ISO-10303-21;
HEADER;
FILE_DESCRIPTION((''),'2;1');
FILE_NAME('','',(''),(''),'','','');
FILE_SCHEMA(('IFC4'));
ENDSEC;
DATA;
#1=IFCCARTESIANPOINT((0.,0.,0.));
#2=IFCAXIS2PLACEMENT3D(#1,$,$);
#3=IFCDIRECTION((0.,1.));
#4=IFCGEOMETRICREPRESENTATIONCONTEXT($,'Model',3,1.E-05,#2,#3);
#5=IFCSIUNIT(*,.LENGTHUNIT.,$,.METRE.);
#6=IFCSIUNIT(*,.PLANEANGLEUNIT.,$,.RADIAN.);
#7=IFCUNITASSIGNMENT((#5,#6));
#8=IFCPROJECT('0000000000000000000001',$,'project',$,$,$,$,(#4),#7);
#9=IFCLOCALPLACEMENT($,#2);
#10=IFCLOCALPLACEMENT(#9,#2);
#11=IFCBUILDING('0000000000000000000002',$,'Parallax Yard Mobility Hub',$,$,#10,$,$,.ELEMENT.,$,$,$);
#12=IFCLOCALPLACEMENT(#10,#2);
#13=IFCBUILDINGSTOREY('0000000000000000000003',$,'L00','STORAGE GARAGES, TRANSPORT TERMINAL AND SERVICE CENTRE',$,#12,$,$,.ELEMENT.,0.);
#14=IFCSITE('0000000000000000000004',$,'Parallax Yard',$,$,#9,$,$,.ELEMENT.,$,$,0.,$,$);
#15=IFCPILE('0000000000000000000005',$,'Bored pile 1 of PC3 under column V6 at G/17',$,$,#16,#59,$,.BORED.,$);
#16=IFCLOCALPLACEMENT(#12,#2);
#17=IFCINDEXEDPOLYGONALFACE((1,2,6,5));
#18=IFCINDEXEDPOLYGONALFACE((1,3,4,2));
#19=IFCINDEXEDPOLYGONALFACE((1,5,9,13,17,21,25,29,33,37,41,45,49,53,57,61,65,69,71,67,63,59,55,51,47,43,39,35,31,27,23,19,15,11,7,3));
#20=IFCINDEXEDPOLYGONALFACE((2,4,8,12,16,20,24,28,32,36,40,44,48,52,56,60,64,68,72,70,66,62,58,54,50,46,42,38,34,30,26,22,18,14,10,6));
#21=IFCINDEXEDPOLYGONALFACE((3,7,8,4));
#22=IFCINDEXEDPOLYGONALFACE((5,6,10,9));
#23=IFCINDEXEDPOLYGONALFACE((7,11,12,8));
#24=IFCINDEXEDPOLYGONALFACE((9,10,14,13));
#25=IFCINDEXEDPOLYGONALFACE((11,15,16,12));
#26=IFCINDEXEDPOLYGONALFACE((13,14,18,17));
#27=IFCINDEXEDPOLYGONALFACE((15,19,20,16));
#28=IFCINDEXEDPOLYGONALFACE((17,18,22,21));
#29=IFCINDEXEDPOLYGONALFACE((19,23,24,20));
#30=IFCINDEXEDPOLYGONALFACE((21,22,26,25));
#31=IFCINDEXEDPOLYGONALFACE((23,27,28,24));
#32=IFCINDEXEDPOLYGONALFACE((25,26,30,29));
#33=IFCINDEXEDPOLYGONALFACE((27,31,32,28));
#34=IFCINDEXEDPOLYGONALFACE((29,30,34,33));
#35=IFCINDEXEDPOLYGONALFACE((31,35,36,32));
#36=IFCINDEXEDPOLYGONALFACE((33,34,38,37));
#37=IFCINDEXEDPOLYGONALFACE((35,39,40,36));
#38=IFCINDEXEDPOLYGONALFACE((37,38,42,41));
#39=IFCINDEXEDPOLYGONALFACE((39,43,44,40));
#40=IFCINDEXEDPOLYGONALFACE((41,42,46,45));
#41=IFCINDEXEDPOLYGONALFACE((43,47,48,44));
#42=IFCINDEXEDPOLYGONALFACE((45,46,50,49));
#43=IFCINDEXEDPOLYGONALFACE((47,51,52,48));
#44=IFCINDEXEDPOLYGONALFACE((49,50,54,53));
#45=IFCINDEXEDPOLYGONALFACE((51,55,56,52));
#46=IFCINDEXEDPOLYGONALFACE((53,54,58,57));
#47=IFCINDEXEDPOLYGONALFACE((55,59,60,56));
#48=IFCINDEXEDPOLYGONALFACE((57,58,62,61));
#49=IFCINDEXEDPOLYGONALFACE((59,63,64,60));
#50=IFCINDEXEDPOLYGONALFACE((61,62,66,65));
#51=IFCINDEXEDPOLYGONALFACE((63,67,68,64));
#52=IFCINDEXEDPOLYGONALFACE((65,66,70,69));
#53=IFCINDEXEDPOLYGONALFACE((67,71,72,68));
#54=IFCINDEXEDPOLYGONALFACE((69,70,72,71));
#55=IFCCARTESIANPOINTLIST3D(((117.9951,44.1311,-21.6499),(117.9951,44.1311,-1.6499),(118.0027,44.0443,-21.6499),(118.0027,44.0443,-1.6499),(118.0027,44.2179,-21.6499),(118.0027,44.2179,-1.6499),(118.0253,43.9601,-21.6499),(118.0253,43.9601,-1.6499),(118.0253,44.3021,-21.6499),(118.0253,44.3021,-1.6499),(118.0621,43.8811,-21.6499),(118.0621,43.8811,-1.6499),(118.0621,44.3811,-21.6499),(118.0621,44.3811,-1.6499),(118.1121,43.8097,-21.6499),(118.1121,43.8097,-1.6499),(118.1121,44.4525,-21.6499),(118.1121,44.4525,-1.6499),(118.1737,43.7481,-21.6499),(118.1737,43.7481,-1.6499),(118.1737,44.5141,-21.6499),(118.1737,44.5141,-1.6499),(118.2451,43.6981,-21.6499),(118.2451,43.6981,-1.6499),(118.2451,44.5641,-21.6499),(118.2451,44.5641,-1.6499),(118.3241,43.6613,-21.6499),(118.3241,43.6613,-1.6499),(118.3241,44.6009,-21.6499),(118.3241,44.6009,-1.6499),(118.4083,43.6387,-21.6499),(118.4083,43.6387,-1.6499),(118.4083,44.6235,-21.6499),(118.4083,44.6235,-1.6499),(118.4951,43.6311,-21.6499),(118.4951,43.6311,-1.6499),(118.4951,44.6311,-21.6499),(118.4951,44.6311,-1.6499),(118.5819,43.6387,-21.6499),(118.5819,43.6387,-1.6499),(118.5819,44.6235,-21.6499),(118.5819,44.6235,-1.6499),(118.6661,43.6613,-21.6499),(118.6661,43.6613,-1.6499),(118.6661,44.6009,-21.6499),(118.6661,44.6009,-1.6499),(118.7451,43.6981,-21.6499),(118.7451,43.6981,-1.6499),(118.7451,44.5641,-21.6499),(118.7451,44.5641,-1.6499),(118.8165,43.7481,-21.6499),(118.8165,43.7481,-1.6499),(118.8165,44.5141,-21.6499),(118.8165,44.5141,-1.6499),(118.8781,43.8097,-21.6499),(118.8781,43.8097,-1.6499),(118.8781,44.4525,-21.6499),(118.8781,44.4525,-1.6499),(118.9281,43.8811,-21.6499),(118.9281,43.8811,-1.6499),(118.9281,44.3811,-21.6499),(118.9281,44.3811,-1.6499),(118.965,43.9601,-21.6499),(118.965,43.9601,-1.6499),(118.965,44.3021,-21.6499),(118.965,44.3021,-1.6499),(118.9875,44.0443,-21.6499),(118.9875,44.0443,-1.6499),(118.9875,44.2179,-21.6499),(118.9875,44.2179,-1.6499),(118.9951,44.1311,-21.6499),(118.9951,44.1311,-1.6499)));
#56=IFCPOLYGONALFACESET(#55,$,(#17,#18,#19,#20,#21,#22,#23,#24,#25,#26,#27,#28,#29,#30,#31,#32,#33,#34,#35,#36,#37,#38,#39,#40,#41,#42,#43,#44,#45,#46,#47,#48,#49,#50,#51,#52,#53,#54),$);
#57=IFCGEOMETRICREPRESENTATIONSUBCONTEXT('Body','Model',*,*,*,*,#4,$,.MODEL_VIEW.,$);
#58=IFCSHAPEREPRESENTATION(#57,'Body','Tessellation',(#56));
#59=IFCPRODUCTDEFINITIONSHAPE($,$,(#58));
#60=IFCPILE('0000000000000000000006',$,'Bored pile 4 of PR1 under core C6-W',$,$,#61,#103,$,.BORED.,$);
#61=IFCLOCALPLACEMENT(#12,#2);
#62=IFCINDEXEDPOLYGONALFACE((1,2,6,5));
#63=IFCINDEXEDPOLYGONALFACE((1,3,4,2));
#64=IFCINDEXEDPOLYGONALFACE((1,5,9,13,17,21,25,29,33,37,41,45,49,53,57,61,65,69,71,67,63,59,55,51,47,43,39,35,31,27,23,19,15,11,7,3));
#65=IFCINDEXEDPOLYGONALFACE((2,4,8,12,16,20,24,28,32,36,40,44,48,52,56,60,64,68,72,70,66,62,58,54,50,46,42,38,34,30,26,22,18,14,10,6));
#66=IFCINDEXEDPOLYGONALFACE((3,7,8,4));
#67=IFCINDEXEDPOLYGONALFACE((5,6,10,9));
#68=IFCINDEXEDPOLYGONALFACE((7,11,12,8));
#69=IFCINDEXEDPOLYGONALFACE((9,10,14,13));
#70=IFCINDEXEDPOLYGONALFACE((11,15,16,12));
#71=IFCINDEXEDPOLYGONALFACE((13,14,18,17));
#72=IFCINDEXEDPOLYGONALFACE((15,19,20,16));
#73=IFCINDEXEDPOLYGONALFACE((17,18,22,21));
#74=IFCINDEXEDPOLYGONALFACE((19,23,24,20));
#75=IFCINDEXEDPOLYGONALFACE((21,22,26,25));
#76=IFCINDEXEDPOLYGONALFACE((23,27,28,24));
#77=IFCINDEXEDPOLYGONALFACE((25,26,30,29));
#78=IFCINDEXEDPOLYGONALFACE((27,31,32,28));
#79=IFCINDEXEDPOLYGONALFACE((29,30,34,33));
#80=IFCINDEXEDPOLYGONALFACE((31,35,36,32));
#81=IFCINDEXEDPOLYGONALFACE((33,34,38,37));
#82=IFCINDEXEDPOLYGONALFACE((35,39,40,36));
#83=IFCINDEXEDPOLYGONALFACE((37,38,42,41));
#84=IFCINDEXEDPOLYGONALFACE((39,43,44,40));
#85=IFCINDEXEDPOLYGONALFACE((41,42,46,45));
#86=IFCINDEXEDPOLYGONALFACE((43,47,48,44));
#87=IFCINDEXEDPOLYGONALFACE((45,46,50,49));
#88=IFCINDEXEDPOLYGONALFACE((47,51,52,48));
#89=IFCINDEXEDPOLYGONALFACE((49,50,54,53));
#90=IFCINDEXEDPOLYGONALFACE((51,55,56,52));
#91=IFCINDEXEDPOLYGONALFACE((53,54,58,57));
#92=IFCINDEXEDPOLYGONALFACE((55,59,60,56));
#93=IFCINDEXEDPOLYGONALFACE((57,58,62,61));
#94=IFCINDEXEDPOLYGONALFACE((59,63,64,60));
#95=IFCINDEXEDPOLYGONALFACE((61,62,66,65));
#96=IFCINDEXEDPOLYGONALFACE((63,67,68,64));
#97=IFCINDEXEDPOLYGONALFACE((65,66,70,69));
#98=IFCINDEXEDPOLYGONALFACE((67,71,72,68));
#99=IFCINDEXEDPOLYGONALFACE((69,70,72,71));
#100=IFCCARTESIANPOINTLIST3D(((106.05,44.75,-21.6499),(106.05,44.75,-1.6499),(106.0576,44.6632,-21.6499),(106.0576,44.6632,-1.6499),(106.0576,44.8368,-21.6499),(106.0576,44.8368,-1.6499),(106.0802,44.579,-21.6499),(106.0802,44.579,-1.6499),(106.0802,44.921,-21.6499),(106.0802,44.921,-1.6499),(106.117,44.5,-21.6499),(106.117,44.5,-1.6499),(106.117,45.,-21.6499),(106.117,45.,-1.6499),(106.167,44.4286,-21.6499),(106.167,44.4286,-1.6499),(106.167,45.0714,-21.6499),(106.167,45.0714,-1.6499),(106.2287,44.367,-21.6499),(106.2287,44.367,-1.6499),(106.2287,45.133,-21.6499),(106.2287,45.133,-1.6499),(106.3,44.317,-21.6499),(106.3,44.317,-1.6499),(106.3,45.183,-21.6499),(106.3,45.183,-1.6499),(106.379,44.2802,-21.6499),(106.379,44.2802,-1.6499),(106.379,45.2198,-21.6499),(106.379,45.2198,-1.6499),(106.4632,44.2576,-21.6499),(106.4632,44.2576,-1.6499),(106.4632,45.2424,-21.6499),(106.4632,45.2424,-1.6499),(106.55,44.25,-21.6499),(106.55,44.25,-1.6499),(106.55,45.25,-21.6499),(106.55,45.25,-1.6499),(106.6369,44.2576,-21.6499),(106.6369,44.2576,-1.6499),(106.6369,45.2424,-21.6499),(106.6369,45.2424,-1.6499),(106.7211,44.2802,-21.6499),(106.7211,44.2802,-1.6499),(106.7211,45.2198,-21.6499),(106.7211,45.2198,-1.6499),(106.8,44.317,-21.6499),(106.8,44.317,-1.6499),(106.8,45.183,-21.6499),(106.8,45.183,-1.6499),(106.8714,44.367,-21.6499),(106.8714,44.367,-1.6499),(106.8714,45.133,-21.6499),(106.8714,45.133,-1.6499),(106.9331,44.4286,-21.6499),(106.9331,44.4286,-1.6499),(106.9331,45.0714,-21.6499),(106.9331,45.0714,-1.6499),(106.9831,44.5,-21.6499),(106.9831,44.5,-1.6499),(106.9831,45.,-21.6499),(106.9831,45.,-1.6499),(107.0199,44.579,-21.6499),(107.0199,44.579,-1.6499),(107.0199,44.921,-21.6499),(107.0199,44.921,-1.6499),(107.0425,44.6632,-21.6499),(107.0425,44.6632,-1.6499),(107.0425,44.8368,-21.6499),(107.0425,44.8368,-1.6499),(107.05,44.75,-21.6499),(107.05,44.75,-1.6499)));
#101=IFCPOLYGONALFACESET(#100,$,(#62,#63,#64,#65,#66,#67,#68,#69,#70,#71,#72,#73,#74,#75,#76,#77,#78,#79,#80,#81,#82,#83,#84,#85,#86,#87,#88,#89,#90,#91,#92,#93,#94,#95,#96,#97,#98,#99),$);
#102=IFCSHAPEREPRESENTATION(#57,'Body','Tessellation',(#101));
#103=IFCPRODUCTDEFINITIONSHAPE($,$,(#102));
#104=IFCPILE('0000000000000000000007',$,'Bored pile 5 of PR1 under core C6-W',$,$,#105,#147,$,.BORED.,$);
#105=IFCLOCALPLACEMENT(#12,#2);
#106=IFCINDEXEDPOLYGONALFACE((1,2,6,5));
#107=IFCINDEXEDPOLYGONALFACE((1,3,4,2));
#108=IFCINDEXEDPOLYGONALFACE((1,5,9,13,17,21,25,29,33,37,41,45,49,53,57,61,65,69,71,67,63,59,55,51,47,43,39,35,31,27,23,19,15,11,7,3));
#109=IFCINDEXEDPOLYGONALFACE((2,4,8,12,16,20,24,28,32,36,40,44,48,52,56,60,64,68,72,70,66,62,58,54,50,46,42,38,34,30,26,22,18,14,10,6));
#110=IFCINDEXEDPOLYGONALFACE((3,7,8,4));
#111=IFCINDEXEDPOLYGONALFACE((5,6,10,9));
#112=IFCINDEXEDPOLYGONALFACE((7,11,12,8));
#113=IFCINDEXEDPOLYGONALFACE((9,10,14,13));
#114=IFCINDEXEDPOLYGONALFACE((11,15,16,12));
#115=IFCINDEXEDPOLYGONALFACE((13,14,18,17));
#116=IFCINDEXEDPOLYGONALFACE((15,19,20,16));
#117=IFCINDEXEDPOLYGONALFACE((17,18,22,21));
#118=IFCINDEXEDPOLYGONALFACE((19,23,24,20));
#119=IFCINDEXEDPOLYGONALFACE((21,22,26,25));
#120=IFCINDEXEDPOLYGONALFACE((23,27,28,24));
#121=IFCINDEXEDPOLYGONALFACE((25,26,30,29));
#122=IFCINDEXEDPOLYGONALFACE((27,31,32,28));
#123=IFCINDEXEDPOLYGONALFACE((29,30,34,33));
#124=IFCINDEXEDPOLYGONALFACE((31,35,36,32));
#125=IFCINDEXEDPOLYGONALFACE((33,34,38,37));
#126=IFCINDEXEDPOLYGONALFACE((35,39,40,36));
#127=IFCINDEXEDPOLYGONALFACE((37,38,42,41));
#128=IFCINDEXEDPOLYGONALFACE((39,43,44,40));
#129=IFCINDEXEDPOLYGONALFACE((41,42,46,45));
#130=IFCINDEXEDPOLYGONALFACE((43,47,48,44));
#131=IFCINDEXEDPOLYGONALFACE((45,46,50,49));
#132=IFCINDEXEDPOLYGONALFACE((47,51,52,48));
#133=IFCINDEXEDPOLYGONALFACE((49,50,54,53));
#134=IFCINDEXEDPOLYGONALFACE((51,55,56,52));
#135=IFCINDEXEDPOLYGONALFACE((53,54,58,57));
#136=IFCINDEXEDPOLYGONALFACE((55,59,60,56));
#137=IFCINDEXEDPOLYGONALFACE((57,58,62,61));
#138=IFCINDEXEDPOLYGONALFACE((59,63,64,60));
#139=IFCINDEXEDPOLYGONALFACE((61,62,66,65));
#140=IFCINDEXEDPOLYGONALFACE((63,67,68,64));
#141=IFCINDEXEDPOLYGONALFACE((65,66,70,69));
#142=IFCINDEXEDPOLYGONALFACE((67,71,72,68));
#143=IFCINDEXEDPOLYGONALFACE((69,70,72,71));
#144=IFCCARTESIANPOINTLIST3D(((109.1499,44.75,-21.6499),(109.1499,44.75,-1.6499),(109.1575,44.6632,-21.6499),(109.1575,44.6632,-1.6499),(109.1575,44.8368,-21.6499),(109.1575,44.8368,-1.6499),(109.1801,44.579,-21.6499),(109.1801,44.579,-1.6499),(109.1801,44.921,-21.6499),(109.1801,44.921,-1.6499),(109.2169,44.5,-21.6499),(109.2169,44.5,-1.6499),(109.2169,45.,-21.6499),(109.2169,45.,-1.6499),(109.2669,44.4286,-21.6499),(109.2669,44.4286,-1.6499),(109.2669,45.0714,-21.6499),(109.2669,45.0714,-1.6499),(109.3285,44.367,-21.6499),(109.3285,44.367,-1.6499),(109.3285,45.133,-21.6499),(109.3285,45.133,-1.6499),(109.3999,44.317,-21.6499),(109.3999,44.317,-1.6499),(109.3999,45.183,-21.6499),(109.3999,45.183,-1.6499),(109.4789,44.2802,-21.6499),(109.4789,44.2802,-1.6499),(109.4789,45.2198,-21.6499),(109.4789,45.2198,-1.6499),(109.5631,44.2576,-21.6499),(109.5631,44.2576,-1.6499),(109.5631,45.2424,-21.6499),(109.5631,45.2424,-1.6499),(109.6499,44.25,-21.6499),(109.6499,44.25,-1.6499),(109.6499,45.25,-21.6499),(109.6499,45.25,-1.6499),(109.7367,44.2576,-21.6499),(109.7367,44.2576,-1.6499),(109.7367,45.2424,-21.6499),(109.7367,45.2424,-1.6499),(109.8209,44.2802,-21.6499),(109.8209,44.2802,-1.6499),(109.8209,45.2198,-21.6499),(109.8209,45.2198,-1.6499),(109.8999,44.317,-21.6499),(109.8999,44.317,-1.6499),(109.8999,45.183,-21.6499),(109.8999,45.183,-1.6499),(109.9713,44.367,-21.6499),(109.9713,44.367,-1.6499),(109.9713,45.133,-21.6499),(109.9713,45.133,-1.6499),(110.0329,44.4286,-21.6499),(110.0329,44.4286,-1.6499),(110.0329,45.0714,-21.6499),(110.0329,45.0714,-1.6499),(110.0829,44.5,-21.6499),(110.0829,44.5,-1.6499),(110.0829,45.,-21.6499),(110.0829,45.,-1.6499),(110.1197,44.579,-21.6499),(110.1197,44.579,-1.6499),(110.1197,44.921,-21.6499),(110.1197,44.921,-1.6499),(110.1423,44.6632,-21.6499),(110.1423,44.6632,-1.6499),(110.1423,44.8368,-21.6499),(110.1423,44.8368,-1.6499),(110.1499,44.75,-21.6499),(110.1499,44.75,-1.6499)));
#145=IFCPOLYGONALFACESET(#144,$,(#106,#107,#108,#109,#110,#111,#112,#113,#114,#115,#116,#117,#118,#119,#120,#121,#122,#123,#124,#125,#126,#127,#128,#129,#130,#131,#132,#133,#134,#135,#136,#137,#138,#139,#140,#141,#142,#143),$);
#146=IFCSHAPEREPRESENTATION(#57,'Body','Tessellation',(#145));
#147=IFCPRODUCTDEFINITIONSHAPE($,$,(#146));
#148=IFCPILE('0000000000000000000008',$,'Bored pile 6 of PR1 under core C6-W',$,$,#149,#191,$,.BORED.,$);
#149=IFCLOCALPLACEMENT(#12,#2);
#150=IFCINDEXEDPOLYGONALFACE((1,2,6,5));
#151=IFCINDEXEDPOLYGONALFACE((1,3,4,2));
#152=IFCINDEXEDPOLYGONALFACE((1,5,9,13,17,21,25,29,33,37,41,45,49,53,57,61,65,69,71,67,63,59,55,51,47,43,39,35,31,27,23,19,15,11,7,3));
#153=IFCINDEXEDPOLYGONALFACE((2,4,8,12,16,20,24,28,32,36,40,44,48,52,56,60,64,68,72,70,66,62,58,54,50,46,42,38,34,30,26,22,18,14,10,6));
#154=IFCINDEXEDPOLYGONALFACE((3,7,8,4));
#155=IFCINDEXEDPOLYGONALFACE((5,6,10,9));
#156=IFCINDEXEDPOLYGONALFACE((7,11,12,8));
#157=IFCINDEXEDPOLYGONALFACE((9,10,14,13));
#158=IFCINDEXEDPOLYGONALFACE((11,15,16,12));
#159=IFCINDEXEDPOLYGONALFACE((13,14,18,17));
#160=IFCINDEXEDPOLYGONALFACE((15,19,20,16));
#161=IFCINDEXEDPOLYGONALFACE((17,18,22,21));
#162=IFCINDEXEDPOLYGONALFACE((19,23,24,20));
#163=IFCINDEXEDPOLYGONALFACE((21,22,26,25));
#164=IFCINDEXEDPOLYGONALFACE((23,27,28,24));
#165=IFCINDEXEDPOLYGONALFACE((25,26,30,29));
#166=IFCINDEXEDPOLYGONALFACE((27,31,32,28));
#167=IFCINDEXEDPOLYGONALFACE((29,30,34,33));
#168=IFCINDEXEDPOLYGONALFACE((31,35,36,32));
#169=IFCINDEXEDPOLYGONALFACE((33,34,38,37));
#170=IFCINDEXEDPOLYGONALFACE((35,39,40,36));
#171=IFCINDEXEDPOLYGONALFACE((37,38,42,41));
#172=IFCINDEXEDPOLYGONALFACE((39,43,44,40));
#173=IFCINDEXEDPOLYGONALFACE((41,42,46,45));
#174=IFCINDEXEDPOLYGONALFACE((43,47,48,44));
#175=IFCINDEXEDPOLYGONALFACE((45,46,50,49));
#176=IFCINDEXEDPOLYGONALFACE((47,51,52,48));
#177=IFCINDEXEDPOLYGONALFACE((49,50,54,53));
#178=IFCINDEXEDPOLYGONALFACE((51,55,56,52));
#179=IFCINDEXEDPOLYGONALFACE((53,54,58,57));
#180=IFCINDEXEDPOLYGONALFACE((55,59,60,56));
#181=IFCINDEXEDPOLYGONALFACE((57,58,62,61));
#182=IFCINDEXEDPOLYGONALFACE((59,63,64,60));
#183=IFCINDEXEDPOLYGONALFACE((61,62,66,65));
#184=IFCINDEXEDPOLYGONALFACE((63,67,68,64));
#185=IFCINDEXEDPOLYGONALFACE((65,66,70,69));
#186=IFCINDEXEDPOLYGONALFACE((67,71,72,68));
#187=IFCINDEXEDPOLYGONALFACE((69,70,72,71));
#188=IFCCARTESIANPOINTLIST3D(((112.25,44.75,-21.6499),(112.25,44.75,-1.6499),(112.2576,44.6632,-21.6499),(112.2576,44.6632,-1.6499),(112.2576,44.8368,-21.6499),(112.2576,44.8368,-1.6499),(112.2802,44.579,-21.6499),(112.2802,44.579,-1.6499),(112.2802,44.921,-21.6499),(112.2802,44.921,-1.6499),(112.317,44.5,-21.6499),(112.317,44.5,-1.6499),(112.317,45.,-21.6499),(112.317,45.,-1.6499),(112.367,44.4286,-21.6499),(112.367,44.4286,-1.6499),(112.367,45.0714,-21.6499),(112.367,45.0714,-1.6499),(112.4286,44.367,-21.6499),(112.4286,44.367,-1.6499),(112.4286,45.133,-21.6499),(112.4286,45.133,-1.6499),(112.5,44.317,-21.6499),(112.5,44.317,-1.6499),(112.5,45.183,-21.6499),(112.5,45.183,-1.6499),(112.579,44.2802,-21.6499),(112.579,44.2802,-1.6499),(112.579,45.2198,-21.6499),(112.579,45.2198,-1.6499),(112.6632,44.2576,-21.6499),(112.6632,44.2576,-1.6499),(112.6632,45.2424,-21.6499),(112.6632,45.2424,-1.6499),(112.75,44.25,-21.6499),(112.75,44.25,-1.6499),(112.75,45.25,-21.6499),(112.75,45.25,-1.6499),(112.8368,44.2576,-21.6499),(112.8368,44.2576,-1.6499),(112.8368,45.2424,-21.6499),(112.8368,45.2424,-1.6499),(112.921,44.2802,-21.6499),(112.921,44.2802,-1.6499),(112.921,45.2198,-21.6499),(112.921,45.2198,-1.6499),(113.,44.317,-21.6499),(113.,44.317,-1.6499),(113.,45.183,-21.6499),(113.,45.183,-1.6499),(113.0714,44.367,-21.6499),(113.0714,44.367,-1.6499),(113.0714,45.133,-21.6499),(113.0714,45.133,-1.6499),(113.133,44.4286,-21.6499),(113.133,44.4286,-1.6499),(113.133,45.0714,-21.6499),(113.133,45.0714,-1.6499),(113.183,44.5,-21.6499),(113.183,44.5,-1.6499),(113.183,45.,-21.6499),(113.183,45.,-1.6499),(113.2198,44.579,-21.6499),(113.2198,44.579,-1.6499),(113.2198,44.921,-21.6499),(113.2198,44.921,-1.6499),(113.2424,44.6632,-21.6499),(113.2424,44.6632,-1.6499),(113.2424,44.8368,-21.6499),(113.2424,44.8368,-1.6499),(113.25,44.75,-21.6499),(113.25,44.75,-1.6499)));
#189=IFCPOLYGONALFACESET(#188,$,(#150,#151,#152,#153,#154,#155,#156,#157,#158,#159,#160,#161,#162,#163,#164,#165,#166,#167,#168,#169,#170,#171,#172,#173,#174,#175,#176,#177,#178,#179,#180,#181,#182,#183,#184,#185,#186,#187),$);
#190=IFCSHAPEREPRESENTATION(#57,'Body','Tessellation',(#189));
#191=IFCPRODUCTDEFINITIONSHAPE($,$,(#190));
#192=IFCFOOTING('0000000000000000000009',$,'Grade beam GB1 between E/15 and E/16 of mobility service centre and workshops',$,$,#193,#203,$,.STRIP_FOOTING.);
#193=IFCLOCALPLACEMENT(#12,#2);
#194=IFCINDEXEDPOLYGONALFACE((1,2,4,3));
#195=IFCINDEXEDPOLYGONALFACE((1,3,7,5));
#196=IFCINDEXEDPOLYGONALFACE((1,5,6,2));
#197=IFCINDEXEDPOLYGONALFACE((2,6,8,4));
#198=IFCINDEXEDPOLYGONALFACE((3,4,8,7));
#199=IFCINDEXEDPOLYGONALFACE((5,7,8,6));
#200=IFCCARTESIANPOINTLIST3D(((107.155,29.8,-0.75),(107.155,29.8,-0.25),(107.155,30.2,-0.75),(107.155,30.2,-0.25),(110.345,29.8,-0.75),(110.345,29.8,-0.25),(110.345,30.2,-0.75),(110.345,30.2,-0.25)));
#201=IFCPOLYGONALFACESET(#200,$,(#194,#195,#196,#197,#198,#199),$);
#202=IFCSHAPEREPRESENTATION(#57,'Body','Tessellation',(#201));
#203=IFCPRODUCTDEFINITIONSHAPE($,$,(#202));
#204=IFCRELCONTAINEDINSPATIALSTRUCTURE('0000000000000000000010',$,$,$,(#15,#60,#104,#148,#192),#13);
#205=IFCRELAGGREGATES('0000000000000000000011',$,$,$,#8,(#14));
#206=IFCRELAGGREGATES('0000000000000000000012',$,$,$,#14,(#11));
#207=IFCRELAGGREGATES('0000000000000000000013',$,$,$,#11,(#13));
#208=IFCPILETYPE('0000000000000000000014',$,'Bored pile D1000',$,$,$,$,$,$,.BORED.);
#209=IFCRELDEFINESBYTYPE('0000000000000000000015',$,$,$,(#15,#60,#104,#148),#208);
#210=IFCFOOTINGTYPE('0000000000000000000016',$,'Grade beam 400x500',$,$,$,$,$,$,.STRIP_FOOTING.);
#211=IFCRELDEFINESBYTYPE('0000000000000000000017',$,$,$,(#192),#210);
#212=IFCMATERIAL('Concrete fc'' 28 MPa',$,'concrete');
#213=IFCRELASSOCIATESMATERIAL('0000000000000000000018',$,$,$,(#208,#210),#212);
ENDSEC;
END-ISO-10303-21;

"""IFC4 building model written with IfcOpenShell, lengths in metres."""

from ifc_helpers import new_model, si_unit, direction, frame, origin, origin_2d, place, context, subcontext, project, spatial, rectangle, circle, extrude, material, material_profile, profile_set, type_object, element, save


model = new_model("IFC4")

# Units and contexts
model_context = context("Model", 3, precision=1e-05, world=origin(), true_north=direction((0.0, 1.0)))
body_context = subcontext(model_context, "Body", "Model", "MODEL_VIEW")
ifc_project = project(units=[si_unit("LENGTHUNIT", "METRE"), si_unit("PLANEANGLEUNIT", "RADIAN")], contexts=[model_context])

# Site, building, storey
site_placement = place(None, origin())
site = spatial("IfcSite", under=ifc_project, at=site_placement, Name="Parallax Yard", CompositionType="ELEMENT", RefElevation=0.0)
building_placement = place(site_placement, origin())
building = spatial("IfcBuilding", under=site, at=building_placement, Name="Parallax Yard Mobility Hub", CompositionType="ELEMENT")
storey_placement = place(building_placement, origin())
storey = spatial("IfcBuildingStorey", under=building, at=storey_placement, Name="L00", Description="STORAGE GARAGES, TRANSPORT TERMINAL AND SERVICE CENTRE", CompositionType="ELEMENT", Elevation=0.0)

# Piles
ifc_material_1 = material(Name="Concrete fc' 28 MPa", Category="concrete")
ifc_material_profile_1 = material_profile(ifc_material_1, circle(Radius=0.5, at=origin_2d()), Name="Bored pile D1000")
ifc_profile_set_1 = profile_set([ifc_material_profile_1], Name="Concrete fc' 28 MPa")
pile_type = type_object("IfcPileType", Name="Bored pile D1000", PredefinedType="BORED", material=ifc_profile_set_1)
for number, where, z_axis, x_axis, name in (
    (1, (118.4951, 44.1311, -1.6499), (0.0, 0.0, -1.0), (1.0, 0.0, 0.0), "Bored pile 1 of PC3 under column V6 at G/17"),
    (2, (106.55, 44.75, -1.6499), (0.0, 0.0, -1.0), (1.0, 0.0, 0.0), "Bored pile 4 of PR1 under core C6-W"),
    (3, (109.6499, 44.75, -1.6499), (0.0, 0.0, -1.0), (1.0, 0.0, 0.0), "Bored pile 5 of PR1 under core C6-W"),
    (4, (112.75, 44.75, -1.6499), (0.0, 0.0, -1.0), (1.0, 0.0, 0.0), "Bored pile 6 of PR1 under core C6-W"),
):
    element("IfcPile", number, at=place(storey_placement, frame(where, z_axis=z_axis, x_axis=x_axis)), inside=storey, type_object=pile_type, Name=name, PredefinedType="BORED", context=body_context, shape_type="SweptSolid", body=[
        extrude(circle(Radius=0.5, at=origin_2d()), origin(), (0.0, 0.0, 1.0), 20.0),
    ])

# Footing
ifc_material_profile_2 = material_profile(ifc_material_1, rectangle(XDim=0.3999, YDim=0.5, at=origin_2d()), Name="Grade beam 400x500")
ifc_profile_set_2 = profile_set([ifc_material_profile_2], Name="Concrete fc' 28 MPa")
footing_type_1 = type_object("IfcFootingType", Name="Grade beam 400x500", PredefinedType="STRIP_FOOTING", material=ifc_profile_set_2)
for number, where, z_axis, x_axis, name in (
    (5, (107.155, 30.0, -0.5), (1.0, 0.0, 0.0), (0.0, 1.0, 0.0), "Grade beam GB1 between E/15 and E/16 of mobility service centre and workshops"),
):
    element("IfcFooting", number, at=place(storey_placement, frame(where, z_axis=z_axis, x_axis=x_axis)), inside=storey, type_object=footing_type_1, Name=name, PredefinedType="STRIP_FOOTING", context=body_context, shape_type="SweptSolid", body=[
        extrude(rectangle(XDim=0.3999, YDim=0.5, at=origin_2d()), origin(), (0.0, 0.0, 1.0), 3.1899),
    ])

save(model, "model.ifc")
